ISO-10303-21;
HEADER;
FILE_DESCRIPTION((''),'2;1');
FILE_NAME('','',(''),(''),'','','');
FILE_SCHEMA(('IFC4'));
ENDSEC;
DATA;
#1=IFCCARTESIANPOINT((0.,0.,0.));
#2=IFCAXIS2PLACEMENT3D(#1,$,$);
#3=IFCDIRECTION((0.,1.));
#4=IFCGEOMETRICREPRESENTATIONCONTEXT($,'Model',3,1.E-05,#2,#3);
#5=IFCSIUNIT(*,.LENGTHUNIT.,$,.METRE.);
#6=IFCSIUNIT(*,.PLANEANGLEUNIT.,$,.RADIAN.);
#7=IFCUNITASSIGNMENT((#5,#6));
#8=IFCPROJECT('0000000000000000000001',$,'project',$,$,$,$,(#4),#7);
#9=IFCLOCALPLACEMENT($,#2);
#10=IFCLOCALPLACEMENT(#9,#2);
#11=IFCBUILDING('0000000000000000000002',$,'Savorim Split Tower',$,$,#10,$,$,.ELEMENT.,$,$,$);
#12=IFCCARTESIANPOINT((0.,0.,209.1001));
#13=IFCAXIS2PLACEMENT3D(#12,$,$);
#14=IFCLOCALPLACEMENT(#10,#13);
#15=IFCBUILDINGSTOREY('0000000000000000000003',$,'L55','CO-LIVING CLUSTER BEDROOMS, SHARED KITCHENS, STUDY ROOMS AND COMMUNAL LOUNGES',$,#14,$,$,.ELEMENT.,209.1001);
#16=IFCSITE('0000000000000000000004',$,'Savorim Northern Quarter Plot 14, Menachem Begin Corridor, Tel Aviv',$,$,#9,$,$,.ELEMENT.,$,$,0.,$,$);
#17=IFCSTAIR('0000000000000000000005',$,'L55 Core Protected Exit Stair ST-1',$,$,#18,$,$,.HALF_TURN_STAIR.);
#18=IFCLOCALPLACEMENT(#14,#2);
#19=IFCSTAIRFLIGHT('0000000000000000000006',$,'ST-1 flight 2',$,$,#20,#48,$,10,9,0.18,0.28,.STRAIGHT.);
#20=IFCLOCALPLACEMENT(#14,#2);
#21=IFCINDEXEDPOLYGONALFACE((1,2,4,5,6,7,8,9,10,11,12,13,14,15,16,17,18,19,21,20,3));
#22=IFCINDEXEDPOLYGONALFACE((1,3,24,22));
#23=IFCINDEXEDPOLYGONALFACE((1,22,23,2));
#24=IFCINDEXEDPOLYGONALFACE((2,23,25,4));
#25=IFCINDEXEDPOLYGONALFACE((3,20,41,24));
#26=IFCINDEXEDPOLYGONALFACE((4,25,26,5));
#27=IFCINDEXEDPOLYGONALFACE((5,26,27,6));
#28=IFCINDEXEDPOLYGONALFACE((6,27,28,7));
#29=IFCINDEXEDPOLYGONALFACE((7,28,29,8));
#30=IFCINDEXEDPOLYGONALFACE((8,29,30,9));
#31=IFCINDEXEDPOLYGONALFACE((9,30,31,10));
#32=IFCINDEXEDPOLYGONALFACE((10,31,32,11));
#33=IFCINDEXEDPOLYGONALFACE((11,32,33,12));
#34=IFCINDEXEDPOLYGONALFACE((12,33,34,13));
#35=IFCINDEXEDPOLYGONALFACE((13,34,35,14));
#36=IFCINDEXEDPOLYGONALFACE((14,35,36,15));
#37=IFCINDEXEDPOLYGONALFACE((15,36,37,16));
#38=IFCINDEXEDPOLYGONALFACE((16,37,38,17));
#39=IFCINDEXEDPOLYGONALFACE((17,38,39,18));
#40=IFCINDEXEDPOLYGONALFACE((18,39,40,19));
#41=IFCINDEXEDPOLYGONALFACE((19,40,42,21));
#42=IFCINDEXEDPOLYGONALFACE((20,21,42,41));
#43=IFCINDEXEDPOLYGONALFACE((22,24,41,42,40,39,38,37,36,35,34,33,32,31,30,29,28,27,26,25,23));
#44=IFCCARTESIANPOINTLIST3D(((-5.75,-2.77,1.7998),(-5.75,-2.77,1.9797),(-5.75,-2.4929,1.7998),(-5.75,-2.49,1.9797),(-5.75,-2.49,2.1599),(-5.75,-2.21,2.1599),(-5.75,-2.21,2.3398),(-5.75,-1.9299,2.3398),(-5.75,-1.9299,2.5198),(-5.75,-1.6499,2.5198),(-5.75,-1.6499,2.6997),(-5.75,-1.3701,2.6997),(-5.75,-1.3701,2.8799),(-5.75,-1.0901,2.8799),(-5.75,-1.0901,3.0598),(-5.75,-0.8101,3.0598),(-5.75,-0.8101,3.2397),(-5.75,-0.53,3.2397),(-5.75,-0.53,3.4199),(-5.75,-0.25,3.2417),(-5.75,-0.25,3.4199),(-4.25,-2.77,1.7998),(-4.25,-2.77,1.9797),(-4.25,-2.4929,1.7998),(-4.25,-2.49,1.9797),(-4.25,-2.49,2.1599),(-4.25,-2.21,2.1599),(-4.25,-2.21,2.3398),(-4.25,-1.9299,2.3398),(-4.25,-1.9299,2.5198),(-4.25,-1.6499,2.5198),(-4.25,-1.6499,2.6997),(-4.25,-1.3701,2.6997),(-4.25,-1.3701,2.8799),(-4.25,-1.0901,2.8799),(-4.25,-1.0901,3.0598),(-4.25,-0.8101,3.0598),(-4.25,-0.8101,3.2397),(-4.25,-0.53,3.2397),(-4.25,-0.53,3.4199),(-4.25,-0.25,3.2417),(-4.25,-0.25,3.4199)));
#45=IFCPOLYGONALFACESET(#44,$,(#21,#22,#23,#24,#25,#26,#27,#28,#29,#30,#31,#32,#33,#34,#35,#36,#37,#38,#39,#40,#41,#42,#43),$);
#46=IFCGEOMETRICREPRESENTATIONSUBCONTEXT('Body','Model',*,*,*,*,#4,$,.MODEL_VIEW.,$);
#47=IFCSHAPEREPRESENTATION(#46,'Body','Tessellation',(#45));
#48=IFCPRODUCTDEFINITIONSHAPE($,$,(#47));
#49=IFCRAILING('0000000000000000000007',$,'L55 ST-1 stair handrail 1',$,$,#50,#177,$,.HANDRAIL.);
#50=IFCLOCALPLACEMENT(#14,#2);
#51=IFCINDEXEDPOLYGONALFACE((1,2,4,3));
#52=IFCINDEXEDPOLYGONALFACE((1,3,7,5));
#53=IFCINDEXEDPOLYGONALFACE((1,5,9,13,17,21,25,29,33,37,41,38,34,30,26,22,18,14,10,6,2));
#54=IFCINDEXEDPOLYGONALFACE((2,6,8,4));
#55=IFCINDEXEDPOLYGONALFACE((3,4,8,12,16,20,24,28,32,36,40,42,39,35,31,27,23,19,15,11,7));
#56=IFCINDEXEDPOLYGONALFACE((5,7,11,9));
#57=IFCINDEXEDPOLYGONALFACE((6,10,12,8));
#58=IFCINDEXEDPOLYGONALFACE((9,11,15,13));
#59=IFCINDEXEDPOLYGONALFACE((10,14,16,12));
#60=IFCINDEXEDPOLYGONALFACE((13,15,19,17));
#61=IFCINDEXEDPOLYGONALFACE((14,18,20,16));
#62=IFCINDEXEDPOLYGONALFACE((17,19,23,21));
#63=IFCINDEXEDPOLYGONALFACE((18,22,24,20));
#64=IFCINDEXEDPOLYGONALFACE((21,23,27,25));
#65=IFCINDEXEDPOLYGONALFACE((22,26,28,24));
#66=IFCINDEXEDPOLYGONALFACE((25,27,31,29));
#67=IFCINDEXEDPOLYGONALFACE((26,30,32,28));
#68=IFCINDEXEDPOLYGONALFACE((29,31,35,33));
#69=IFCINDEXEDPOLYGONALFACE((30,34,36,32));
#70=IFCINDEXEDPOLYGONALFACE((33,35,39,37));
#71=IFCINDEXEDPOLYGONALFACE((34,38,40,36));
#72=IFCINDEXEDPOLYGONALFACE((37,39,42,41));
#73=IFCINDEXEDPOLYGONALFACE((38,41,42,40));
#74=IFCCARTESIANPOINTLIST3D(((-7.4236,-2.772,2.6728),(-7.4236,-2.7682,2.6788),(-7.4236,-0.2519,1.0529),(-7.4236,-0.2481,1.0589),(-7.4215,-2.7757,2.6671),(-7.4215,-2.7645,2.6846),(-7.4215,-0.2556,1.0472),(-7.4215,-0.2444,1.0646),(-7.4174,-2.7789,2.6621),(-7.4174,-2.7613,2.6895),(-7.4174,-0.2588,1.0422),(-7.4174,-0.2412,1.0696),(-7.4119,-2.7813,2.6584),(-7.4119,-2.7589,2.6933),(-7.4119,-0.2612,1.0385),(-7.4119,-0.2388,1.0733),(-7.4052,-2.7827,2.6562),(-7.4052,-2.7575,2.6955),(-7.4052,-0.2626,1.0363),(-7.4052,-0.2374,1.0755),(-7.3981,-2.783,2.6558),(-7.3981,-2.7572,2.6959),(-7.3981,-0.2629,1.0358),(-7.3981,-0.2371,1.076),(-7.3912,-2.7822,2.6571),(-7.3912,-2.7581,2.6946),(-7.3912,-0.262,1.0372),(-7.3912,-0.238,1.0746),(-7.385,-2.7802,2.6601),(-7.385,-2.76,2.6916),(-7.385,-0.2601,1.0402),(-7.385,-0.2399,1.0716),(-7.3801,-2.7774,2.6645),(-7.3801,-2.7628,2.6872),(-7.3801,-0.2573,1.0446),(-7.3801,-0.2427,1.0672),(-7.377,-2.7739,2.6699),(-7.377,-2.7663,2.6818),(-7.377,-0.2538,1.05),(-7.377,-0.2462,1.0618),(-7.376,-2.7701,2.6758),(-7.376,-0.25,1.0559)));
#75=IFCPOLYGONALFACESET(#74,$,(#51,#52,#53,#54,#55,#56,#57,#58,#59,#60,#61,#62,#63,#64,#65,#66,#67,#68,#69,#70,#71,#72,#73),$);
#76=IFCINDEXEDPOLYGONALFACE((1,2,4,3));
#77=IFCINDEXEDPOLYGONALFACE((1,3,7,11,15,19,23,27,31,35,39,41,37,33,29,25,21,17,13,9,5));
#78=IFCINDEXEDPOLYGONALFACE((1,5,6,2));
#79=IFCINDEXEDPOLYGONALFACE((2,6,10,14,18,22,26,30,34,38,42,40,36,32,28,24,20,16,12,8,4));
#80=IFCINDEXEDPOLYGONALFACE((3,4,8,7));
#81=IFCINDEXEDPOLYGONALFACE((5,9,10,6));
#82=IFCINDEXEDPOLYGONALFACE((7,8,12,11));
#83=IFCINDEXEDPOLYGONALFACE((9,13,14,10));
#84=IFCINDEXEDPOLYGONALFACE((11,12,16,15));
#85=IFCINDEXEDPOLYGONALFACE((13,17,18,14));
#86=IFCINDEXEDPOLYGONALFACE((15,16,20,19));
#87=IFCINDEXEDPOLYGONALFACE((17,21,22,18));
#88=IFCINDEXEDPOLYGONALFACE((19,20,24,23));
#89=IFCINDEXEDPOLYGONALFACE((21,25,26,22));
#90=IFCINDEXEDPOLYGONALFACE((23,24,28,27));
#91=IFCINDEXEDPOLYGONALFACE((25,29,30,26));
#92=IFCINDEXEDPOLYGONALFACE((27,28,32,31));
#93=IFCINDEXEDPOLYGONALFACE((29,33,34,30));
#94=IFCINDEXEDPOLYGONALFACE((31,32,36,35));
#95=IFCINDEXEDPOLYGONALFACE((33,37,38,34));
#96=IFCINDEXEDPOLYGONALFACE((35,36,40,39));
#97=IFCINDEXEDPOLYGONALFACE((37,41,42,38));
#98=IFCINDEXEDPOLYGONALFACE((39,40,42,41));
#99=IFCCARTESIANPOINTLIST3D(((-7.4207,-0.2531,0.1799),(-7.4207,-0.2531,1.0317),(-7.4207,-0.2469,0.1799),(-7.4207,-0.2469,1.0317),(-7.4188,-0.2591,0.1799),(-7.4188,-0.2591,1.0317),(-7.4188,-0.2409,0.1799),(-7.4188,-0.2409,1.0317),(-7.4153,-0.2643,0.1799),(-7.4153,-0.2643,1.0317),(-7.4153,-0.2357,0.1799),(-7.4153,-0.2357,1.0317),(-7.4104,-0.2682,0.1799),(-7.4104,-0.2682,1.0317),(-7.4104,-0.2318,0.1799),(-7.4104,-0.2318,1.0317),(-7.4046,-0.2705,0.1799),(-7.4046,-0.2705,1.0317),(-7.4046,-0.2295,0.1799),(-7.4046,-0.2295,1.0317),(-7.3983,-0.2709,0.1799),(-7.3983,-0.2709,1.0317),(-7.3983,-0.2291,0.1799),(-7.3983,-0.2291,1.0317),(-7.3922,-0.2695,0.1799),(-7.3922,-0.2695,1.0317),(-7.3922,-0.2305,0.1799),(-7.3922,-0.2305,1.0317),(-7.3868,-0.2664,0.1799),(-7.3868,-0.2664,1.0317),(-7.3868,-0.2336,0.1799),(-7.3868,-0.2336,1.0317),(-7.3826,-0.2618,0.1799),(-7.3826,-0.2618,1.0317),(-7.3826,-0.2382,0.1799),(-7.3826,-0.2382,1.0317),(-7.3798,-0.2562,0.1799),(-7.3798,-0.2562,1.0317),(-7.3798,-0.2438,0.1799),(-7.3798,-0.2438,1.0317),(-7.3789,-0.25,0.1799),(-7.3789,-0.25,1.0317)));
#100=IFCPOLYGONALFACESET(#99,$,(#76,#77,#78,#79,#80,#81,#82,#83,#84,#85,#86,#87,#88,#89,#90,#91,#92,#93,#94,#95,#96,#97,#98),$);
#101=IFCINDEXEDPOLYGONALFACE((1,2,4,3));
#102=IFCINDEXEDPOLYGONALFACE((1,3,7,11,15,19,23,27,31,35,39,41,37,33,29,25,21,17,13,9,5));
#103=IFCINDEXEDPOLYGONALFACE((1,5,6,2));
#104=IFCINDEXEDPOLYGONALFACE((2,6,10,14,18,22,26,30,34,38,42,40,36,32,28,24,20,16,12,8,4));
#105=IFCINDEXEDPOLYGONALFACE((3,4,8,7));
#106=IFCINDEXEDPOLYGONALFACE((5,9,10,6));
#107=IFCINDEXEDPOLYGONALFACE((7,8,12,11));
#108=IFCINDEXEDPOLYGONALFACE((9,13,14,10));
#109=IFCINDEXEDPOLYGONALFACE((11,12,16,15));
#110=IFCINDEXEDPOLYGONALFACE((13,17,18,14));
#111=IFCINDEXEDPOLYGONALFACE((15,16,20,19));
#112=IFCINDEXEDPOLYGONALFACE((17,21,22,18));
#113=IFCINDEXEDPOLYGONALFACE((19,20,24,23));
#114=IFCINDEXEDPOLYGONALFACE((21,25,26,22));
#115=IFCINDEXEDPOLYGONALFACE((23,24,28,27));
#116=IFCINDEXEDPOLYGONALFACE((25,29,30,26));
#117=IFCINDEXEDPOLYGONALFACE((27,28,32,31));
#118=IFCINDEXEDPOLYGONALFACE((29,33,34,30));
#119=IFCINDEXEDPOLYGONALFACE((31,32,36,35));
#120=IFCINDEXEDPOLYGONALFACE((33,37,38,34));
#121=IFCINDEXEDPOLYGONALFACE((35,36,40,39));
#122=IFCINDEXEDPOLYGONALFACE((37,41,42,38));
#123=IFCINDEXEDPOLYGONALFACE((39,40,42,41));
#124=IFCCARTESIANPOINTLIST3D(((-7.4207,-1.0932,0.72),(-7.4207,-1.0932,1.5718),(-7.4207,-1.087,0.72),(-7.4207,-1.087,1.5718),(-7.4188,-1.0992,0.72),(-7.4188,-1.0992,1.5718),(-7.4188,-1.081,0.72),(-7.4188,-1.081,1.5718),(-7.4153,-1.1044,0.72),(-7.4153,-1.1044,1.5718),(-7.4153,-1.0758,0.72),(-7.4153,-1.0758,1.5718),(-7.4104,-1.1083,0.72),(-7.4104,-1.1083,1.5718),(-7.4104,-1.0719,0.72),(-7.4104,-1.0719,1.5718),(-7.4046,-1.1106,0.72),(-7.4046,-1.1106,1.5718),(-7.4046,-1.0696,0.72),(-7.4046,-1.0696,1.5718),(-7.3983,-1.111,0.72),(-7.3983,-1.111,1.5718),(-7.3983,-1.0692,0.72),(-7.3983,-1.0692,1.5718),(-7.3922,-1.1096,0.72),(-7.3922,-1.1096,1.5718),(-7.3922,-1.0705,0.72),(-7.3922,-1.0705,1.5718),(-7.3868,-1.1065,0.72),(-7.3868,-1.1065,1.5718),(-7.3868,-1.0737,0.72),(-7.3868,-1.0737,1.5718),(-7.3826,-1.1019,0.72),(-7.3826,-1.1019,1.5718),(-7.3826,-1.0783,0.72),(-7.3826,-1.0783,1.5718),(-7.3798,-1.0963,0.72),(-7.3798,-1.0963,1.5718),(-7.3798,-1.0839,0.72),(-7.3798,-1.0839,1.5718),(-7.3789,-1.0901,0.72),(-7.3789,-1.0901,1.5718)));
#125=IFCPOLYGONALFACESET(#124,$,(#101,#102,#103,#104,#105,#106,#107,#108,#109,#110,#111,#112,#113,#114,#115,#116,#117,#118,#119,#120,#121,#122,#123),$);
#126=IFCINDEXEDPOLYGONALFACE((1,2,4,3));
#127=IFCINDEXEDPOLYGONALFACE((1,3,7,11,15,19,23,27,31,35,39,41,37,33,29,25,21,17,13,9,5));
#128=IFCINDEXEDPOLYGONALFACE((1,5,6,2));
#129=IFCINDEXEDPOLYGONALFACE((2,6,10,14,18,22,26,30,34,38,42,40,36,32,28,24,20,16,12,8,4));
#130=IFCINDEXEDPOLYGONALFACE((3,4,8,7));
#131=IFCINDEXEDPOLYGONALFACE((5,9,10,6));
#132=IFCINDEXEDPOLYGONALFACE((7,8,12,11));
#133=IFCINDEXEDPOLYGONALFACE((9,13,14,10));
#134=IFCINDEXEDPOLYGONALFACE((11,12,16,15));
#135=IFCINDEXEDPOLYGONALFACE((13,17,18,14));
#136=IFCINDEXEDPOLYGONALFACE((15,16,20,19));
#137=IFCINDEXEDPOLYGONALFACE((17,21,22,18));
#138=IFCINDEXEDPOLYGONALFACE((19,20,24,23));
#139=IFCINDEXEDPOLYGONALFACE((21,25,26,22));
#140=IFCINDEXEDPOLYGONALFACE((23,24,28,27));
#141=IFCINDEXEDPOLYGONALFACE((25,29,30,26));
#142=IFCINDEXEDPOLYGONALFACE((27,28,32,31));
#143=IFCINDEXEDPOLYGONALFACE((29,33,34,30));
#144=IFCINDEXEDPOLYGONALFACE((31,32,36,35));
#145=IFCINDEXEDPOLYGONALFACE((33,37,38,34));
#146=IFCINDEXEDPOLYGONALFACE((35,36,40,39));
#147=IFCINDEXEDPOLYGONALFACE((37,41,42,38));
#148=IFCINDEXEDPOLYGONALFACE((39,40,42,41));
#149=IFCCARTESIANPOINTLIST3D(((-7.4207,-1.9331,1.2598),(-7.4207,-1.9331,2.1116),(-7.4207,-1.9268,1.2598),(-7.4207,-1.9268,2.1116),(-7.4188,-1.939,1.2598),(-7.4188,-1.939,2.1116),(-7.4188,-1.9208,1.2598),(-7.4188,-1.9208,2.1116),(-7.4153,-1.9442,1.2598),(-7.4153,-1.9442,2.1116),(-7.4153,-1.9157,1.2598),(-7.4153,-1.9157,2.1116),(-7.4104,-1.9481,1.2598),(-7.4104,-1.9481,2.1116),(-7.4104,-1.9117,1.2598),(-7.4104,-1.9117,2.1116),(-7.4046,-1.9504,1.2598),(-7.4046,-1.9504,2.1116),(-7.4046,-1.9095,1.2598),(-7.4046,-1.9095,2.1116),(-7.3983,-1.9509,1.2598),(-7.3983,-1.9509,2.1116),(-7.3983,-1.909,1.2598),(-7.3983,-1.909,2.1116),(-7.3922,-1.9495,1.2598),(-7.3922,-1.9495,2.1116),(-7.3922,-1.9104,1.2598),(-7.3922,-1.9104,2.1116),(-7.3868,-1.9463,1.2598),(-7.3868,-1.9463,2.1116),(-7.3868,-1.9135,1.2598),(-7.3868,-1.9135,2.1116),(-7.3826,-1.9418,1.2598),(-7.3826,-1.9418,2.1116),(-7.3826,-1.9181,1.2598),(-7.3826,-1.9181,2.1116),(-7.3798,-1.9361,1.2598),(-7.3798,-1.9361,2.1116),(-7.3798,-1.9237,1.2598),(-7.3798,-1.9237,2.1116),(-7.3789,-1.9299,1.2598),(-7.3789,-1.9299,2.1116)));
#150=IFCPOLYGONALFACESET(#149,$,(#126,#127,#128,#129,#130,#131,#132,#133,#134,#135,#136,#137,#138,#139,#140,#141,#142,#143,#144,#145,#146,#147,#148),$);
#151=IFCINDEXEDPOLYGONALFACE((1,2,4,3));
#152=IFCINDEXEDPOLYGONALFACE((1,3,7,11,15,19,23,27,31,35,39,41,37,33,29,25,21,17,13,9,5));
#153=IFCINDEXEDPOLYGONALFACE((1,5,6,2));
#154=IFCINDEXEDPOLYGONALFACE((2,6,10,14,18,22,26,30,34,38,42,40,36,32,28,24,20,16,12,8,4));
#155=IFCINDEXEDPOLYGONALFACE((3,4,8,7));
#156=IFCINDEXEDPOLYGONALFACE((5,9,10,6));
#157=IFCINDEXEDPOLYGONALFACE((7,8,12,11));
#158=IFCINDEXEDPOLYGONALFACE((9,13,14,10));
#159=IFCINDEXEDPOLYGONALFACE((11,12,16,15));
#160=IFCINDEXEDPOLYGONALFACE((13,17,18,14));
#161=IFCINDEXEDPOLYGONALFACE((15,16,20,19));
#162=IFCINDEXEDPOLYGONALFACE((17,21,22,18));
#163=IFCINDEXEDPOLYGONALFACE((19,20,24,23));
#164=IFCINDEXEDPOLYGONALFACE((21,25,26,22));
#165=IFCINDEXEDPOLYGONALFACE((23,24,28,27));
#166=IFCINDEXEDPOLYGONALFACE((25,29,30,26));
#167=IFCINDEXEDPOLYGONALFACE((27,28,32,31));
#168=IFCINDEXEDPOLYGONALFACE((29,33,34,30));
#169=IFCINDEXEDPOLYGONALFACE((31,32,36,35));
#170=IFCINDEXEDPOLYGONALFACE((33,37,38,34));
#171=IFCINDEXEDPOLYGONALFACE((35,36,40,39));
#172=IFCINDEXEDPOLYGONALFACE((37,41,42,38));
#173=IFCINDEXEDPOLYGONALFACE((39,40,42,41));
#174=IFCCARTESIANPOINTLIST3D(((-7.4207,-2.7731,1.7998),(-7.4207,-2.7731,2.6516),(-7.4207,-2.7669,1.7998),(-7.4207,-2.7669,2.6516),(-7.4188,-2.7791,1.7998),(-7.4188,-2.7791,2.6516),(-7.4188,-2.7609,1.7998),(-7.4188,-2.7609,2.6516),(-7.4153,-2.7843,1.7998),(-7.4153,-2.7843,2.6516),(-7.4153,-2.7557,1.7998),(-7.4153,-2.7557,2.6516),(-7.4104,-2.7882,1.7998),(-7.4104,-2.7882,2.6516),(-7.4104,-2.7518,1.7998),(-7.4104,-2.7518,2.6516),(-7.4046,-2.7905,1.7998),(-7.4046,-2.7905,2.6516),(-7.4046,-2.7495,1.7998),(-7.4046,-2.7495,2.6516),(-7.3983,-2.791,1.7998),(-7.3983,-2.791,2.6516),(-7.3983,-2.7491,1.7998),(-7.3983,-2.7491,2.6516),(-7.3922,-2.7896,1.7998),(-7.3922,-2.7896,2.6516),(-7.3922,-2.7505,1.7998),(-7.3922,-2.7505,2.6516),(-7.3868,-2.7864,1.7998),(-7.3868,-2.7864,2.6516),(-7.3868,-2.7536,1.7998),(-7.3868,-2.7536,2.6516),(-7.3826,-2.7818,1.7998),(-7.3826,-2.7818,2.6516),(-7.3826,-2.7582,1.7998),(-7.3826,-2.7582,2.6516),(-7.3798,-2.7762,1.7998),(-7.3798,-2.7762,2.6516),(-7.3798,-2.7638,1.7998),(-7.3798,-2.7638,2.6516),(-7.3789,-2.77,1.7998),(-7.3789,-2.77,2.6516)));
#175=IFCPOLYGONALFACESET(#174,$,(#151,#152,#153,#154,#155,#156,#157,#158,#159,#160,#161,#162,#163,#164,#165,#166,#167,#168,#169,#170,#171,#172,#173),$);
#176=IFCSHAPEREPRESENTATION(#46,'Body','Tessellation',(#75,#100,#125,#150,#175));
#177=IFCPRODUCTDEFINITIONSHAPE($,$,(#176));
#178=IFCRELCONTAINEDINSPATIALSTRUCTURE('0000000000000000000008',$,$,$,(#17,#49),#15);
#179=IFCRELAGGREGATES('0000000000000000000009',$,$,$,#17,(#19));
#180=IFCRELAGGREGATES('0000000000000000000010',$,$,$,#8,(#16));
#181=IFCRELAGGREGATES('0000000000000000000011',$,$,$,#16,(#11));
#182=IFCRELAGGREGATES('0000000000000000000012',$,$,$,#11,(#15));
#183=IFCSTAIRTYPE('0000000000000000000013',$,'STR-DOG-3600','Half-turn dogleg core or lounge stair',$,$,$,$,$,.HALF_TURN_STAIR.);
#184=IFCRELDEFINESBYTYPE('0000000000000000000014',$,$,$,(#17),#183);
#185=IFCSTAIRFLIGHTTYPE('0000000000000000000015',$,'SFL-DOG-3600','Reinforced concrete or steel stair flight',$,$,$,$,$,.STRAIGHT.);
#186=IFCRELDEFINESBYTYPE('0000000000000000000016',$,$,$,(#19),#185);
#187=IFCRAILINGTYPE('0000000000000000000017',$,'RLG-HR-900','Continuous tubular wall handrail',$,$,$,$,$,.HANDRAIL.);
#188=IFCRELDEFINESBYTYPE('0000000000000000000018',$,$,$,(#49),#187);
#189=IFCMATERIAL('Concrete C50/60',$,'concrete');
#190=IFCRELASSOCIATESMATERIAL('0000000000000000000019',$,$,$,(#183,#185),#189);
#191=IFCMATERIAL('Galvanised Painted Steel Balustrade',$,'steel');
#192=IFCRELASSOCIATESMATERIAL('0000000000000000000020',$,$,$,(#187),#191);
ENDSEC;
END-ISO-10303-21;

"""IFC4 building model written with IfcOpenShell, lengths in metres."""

from ifc_helpers import new_model, si_unit, direction, frame, origin, origin_2d, place, context, subcontext, project, spatial, polyline, circle, outline, extrude, material, type_object, element, aggregate, save


model = new_model("IFC4")

# Units and contexts
model_context = context("Model", 3, precision=1e-05, world=origin(), true_north=direction((0.0, 1.0)))
body_context = subcontext(model_context, "Body", "Model", "MODEL_VIEW")
ifc_project = project(units=[si_unit("LENGTHUNIT", "METRE"), si_unit("PLANEANGLEUNIT", "RADIAN")], contexts=[model_context])

# Site, building, storey
site_placement = place(None, origin())
site = spatial("IfcSite", under=ifc_project, at=site_placement, Name="Savorim Northern Quarter Plot 14, Menachem Begin Corridor, Tel Aviv", CompositionType="ELEMENT", RefElevation=0.0)
building_placement = place(site_placement, origin())
building = spatial("IfcBuilding", under=site, at=building_placement, Name="Savorim Split Tower", CompositionType="ELEMENT")
storey_placement = place(building_placement, frame((0.0, 0.0, 209.1001)))
storey = spatial("IfcBuildingStorey", under=building, at=storey_placement, Name="L55", Description="CO-LIVING CLUSTER BEDROOMS, SHARED KITCHENS, STUDY ROOMS AND COMMUNAL LOUNGES", CompositionType="ELEMENT", Elevation=209.1001)

# Shared definitions
ifc_material_1 = material(Name="Concrete C50/60", Category="concrete")

# Stair, stair flight
stair_type = type_object("IfcStairType", Name="STR-DOG-3600", Description="Half-turn dogleg core or lounge stair", PredefinedType="HALF_TURN_STAIR", material=ifc_material_1)
stair_placement = place(storey_placement, origin())
stair = element("IfcStair", 1, at=stair_placement, inside=storey, type_object=stair_type, Name="L55 Core Protected Exit Stair ST-1", PredefinedType="HALF_TURN_STAIR")
stair_flight_type = type_object("IfcStairFlightType", Name="SFL-DOG-3600", Description="Reinforced concrete or steel stair flight", PredefinedType="STRAIGHT", material=ifc_material_1)
stair_flight_1_placement = place(storey_placement, frame((-5.0, -2.77, 1.7998), z_axis=(0.0, 0.0, 1.0), x_axis=(0.0, 1.0, 0.0)))
stair_flight_1 = element("IfcStairFlight", 2, at=stair_flight_1_placement, type_object=stair_flight_type, Name="ST-1 flight 2", NumberOfRisers=10, NumberOfTreads=9, PredefinedType="STRAIGHT", RiserHeight=0.18, TreadLength=0.28, context=body_context, shape_type="SweptSolid", body=[
    extrude(outline(polyline([(0.0, 0.0), (0.0, 0.1799), (0.28, 0.1799), (0.28, 0.3601), (0.5601, 0.3601), (0.5601, 0.54), (0.8401, 0.54), (0.8401, 0.72), (1.1201, 0.72), (1.1201, 0.8999), (1.3999, 0.8999), (1.3999, 1.0801), (1.6799, 1.0801), (1.6799, 1.26), (1.96, 1.26), (1.96, 1.4399), (2.24, 1.4399), (2.24, 1.6201), (2.52, 1.6201), (2.52, 1.8), (2.52, 1.4419), (0.2771, 0.0), (0.0, 0.0)])), frame((0.0, 0.75, 0.0), z_axis=(0.0, -1.0, 0.0), x_axis=(1.0, 0.0, 0.0)), (0.0, 0.0, 1.0), 1.5),
])
aggregate(stair, [stair_flight_1])

# Railing
ifc_material_2 = material(Name="Galvanised Painted Steel Balustrade", Category="steel")
railing_type_1 = type_object("IfcRailingType", Name="RLG-HR-900", Description="Continuous tubular wall handrail", PredefinedType="HANDRAIL", material=ifc_material_2)
railing_1_placement = place(storey_placement, frame((-7.3999, -0.25, 0.1799)))
element("IfcRailing", 3, at=railing_1_placement, inside=storey, type_object=railing_type_1, Name="L55 ST-1 stair handrail 1", PredefinedType="HANDRAIL", context=body_context, shape_type="SweptSolid", body=[
    extrude(circle(Radius=0.0239, at=origin_2d()), frame((0.0, 0.0, 0.876), z_axis=(0.0, -0.8412, 0.540725), x_axis=(1.0, 0.0, 0.0)), (0.0, 0.0, 1.0), 2.9958),
    extrude(circle(Radius=0.021, at=origin_2d()), origin(), (0.0, 0.0, 1.0), 0.8518),
    extrude(circle(Radius=0.021, at=origin_2d()), frame((0.0, -0.8401, 0.54)), (0.0, 0.0, 1.0), 0.8518),
    extrude(circle(Radius=0.021, at=origin_2d()), frame((0.0, -1.6799, 1.0798)), (0.0, 0.0, 1.0), 0.8518),
    extrude(circle(Radius=0.021, at=origin_2d()), frame((0.0, -2.52, 1.6199)), (0.0, 0.0, 1.0), 0.8518),
])

save(model, "model.ifc")
